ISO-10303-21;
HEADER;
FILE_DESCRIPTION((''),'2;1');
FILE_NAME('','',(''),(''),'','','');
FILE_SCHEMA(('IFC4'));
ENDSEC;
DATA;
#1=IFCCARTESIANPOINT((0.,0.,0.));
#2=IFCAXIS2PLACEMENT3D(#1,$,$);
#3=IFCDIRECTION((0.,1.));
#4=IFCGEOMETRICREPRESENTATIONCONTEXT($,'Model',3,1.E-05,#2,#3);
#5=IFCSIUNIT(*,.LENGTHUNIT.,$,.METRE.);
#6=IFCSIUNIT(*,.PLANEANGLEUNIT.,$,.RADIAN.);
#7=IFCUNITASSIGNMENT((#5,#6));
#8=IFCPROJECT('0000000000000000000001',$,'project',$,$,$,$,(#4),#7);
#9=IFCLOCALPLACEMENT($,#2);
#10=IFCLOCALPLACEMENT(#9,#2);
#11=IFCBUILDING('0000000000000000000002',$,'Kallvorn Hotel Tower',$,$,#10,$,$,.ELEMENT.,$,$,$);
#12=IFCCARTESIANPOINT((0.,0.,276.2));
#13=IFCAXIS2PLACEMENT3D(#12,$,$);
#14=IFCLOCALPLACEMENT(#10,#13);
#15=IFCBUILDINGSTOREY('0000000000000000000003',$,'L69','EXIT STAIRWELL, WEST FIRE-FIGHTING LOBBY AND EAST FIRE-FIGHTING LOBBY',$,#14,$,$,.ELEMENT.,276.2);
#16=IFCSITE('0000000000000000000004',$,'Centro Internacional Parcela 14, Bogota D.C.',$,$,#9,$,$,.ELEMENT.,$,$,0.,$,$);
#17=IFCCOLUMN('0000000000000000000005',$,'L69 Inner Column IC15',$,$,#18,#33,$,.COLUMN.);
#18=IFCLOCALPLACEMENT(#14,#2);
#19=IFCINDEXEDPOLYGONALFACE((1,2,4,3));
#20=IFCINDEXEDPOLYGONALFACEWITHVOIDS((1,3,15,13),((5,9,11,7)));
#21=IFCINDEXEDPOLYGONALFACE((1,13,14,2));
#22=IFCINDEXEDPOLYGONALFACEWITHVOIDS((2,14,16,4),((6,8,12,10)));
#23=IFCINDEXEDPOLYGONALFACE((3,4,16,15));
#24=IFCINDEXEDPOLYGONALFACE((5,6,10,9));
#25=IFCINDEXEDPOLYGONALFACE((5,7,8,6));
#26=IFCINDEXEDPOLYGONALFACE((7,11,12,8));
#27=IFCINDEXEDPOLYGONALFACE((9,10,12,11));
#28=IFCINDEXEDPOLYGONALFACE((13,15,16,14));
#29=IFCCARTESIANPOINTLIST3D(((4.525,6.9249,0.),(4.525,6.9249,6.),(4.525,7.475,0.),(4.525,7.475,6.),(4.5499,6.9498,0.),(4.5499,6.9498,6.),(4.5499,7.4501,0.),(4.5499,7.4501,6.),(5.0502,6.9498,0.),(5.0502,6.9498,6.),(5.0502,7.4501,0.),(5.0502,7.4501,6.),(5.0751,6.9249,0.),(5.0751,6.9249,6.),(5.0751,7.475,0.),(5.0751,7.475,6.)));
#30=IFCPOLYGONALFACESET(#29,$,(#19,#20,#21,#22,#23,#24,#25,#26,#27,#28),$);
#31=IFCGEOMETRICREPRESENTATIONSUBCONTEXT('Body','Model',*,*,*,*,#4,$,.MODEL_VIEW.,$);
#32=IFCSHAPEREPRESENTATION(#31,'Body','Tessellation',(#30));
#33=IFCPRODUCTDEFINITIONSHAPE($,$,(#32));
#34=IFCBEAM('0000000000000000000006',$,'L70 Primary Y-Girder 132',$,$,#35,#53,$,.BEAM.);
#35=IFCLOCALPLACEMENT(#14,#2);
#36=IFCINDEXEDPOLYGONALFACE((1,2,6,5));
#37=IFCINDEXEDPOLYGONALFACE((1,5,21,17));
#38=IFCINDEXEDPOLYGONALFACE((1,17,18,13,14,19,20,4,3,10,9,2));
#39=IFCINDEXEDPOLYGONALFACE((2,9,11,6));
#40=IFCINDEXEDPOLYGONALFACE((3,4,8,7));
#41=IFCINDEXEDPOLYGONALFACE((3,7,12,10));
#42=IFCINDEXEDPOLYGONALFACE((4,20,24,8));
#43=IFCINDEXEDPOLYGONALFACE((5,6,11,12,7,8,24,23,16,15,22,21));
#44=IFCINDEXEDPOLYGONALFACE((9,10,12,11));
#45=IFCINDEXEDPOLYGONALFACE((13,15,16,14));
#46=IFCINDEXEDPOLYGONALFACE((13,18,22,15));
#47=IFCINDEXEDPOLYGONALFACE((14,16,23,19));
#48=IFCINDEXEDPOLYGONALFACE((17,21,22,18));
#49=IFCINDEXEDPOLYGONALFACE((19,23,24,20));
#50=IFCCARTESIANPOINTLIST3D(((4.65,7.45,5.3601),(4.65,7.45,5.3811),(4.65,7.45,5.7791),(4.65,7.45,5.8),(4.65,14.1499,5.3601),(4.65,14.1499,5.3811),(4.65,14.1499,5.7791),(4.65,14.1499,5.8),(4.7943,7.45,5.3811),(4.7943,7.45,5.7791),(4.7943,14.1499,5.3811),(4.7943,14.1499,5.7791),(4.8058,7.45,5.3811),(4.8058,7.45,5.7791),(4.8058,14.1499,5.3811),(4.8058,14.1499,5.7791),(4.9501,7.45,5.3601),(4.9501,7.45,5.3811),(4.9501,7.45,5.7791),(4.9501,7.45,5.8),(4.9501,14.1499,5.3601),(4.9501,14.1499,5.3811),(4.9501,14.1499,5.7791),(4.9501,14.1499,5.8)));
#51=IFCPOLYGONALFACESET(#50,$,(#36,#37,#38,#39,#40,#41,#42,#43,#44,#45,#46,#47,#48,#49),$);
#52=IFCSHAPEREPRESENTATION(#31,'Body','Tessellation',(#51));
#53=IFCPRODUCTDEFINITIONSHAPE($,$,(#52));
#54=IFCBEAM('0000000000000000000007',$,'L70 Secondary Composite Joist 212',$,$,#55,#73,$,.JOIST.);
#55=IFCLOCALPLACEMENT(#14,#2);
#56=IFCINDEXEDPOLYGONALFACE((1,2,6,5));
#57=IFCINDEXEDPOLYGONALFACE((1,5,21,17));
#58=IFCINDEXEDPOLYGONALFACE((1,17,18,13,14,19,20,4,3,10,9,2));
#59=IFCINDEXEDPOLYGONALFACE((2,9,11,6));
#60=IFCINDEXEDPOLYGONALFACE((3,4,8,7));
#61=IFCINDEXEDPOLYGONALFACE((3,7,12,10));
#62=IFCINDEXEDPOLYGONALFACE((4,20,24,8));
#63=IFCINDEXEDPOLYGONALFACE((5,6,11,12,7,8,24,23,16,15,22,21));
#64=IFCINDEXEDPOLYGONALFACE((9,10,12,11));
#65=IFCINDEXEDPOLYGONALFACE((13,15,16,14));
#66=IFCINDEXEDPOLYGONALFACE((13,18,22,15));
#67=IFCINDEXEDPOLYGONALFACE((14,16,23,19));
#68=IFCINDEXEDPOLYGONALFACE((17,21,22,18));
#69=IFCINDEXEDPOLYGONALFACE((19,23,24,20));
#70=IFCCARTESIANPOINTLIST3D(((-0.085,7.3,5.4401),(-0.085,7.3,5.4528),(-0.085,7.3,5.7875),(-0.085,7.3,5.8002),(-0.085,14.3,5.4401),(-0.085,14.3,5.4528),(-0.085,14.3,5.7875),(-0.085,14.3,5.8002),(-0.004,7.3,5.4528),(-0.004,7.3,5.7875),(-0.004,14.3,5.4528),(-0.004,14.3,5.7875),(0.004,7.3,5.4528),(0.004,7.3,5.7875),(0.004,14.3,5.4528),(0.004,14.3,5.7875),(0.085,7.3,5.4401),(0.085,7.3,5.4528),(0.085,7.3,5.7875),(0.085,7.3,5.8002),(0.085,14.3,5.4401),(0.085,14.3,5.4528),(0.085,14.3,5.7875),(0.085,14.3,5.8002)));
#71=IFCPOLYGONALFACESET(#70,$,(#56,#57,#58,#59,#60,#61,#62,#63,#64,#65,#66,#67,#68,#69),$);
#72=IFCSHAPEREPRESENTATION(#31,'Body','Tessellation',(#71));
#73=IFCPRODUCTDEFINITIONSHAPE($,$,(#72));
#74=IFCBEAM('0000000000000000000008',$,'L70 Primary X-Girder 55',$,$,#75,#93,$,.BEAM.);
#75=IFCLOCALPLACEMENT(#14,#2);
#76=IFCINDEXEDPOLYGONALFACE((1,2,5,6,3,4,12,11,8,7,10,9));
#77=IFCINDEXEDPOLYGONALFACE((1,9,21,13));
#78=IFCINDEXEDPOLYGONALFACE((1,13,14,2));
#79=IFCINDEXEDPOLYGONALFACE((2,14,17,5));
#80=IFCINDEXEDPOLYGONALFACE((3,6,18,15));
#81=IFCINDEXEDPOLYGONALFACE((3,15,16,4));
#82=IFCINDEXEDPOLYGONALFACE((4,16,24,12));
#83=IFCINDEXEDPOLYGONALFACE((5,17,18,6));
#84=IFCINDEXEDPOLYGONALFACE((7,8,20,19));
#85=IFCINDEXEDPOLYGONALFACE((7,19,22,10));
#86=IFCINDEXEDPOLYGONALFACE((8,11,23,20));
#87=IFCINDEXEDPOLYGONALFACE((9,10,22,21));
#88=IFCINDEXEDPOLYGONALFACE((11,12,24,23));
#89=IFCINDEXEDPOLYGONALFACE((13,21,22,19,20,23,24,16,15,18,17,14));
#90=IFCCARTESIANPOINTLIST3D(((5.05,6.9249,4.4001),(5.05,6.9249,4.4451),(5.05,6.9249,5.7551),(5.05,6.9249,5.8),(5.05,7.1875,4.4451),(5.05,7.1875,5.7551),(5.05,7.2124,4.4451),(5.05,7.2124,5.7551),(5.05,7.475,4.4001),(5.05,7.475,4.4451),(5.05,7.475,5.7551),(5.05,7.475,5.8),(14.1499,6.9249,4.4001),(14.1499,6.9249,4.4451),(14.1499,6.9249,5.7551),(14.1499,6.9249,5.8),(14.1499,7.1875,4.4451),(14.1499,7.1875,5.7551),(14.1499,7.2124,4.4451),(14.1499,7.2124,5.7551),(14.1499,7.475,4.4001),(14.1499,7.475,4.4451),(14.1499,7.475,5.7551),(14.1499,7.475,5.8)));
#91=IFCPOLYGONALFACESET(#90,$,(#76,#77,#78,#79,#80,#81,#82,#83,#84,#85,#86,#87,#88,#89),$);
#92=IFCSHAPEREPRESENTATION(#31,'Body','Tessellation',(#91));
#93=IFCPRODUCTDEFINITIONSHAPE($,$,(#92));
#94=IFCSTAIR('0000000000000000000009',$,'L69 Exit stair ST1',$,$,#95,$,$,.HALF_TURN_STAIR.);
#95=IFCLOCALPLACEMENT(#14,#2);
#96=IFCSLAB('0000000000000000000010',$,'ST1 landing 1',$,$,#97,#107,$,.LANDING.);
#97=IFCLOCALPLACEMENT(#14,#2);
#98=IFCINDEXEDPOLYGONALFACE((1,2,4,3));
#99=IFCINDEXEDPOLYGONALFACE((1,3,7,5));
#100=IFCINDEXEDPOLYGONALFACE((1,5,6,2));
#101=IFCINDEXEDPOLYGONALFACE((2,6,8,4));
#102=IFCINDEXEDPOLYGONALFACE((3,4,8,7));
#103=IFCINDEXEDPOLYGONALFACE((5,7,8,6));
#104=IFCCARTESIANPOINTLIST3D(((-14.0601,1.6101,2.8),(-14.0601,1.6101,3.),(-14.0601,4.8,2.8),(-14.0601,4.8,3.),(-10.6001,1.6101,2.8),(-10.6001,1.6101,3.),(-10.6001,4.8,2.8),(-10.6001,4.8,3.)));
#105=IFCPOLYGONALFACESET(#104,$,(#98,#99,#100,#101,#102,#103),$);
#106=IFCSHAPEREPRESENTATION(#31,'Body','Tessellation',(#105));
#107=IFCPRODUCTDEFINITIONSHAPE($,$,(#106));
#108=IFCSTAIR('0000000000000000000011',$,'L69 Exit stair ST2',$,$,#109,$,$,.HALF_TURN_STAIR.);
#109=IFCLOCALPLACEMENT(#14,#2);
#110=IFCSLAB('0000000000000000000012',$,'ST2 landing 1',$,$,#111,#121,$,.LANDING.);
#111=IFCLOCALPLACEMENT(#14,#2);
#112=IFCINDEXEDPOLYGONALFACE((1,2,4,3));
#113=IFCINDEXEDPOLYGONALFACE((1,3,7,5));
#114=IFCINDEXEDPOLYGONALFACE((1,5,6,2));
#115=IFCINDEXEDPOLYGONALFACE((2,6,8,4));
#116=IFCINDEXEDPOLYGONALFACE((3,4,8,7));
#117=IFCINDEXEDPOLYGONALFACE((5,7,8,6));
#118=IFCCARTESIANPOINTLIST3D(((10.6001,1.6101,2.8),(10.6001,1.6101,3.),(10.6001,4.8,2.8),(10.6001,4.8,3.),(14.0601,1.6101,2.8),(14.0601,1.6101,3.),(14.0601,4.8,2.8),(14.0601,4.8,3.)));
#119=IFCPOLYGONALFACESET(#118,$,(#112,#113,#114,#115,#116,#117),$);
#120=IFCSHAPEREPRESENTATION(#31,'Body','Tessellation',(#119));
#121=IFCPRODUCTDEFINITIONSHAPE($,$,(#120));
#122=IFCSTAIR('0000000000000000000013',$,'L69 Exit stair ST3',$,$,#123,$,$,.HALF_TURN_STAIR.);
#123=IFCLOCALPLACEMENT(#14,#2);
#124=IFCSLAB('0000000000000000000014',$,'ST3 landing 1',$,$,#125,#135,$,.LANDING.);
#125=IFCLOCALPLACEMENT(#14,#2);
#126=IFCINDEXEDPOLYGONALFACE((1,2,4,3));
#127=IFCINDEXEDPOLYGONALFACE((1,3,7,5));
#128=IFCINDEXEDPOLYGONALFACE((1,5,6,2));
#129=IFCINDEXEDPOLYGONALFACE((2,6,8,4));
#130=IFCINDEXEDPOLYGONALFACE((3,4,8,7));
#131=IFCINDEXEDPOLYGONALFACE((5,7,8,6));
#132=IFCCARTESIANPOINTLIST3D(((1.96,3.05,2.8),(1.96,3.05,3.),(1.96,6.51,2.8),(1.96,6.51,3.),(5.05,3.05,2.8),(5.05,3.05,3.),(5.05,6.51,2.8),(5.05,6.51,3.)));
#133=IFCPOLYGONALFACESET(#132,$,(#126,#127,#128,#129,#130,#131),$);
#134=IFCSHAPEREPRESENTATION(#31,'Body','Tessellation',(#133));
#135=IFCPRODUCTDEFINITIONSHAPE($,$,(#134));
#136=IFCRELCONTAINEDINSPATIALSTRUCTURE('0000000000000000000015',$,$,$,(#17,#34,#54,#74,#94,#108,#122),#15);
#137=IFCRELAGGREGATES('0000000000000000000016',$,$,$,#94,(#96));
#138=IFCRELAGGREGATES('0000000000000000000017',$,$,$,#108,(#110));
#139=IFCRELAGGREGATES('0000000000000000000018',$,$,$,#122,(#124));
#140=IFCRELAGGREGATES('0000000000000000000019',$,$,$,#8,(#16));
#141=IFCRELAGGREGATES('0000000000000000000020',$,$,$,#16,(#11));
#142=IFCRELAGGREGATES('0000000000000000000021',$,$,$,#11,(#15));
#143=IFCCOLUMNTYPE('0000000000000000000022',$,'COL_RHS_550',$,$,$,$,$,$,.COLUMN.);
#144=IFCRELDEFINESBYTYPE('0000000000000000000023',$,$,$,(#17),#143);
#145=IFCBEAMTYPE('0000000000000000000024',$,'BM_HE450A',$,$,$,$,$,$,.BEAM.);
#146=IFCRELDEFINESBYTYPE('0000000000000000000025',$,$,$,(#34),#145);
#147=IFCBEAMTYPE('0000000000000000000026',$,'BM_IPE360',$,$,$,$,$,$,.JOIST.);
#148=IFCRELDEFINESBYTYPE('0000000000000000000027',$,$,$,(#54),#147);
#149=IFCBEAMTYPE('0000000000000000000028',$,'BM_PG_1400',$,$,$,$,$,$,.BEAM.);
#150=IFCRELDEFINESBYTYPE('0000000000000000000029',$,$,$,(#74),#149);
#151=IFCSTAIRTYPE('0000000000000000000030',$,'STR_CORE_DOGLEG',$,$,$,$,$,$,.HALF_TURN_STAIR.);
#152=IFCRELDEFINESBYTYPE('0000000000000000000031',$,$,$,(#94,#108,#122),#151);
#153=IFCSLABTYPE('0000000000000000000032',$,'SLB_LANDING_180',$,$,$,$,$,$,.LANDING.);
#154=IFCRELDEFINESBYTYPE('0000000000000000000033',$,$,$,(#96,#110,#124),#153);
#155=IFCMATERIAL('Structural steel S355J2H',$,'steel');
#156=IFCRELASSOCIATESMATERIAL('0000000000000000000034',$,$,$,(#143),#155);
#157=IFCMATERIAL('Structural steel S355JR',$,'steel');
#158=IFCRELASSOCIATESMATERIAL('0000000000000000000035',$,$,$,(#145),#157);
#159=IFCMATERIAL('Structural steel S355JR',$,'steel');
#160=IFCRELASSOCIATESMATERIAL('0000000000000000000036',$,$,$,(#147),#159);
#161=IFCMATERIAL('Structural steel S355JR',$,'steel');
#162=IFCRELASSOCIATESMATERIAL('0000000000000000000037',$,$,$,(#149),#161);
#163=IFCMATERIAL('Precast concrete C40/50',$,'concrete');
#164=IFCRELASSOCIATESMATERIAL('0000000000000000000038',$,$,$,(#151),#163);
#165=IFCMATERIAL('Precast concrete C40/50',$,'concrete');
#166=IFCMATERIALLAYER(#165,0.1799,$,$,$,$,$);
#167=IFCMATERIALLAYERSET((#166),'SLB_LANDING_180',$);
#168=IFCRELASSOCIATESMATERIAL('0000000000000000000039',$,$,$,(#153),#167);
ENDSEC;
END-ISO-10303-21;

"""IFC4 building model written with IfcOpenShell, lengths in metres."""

from ifc_helpers import new_model, si_unit, direction, frame, origin, origin_2d, place, context, subcontext, project, spatial, polyline, hollow_rectangle, i_section, outline, extrude, material, layer, layer_set, material_profile, profile_set, type_object, element, aggregate, save


model = new_model("IFC4")

# Units and contexts
model_context = context("Model", 3, precision=1e-05, world=origin(), true_north=direction((0.0, 1.0)))
body_context = subcontext(model_context, "Body", "Model", "MODEL_VIEW")
ifc_project = project(units=[si_unit("LENGTHUNIT", "METRE"), si_unit("PLANEANGLEUNIT", "RADIAN")], contexts=[model_context])

# Site, building, storey
site_placement = place(None, origin())
site = spatial("IfcSite", under=ifc_project, at=site_placement, Name="Centro Internacional Parcela 14, Bogota D.C.", CompositionType="ELEMENT", RefElevation=0.0)
building_placement = place(site_placement, origin())
building = spatial("IfcBuilding", under=site, at=building_placement, Name="Kallvorn Hotel Tower", CompositionType="ELEMENT")
storey_placement = place(building_placement, frame((0.0, 0.0, 276.2)))
storey = spatial("IfcBuildingStorey", under=building, at=storey_placement, Name="L69", Description="EXIT STAIRWELL, WEST FIRE-FIGHTING LOBBY AND EAST FIRE-FIGHTING LOBBY", CompositionType="ELEMENT", Elevation=276.2)

# Column
ifc_material_1 = material(Name="Structural steel S355J2H", Category="steel")
ifc_material_profile_1 = material_profile(ifc_material_1, hollow_rectangle(XDim=0.55, YDim=0.55, WallThickness=0.0249, at=origin_2d()), Name="RHS 550x550x25")
ifc_profile_set_1 = profile_set([ifc_material_profile_1], Name="Structural steel S355J2H")
column_type = type_object("IfcColumnType", Name="COL_RHS_550", PredefinedType="COLUMN", material=ifc_profile_set_1)
column_placement = place(storey_placement, frame((4.8, 7.2, 0.0), z_axis=(0.0, 0.0, 1.0), x_axis=(1.0, 0.0, 0.0)))
element("IfcColumn", 1, at=column_placement, inside=storey, type_object=column_type, Name="L69 Inner Column IC15", PredefinedType="COLUMN", context=body_context, shape_type="SweptSolid", body=[
    extrude(hollow_rectangle(XDim=0.55, YDim=0.55, WallThickness=0.0249, at=origin_2d()), origin(), (0.0, 0.0, 1.0), 6.0),
])

# Beams
ifc_material_2 = material(Name="Structural steel S355JR", Category="steel")
ifc_material_profile_2 = material_profile(ifc_material_2, i_section(OverallWidth=0.3, OverallDepth=0.4399, WebThickness=0.0115, FlangeThickness=0.021, at=origin_2d()), Name="HE 450 A")
ifc_profile_set_2 = profile_set([ifc_material_profile_2], Name="Structural steel S355JR")
beam_type_1 = type_object("IfcBeamType", Name="BM_HE450A", PredefinedType="BEAM", material=ifc_profile_set_2)
beam_1_placement = place(storey_placement, frame((4.8, 7.45, 5.5801), z_axis=(0.0, 1.0, 0.0), x_axis=(-1.0, 0.0, 0.0)))
element("IfcBeam", 2, at=beam_1_placement, inside=storey, type_object=beam_type_1, Name="L70 Primary Y-Girder 132", PredefinedType="BEAM", context=body_context, shape_type="SweptSolid", body=[
    extrude(i_section(OverallWidth=0.3, OverallDepth=0.4399, WebThickness=0.0115, FlangeThickness=0.021, at=origin_2d()), origin(), (0.0, 0.0, 1.0), 6.7),
])
ifc_material_3 = material(Name="Structural steel S355JR", Category="steel")
ifc_material_profile_3 = material_profile(ifc_material_3, i_section(OverallWidth=0.1699, OverallDepth=0.3601, WebThickness=0.0081, FlangeThickness=0.0127, at=origin_2d()), Name="IPE 360")
ifc_profile_set_3 = profile_set([ifc_material_profile_3], Name="Structural steel S355JR")
beam_type_2 = type_object("IfcBeamType", Name="BM_IPE360", PredefinedType="JOIST", material=ifc_profile_set_3)
beam_2_placement = place(storey_placement, frame((0.0, 7.3, 5.6201), z_axis=(0.0, 1.0, 0.0), x_axis=(-1.0, 0.0, 0.0)))
element("IfcBeam", 3, at=beam_2_placement, inside=storey, type_object=beam_type_2, Name="L70 Secondary Composite Joist 212", PredefinedType="JOIST", context=body_context, shape_type="SweptSolid", body=[
    extrude(i_section(OverallWidth=0.1699, OverallDepth=0.3601, WebThickness=0.0081, FlangeThickness=0.0127, at=origin_2d()), origin(), (0.0, 0.0, 1.0), 7.0),
])
ifc_material_4 = material(Name="Structural steel S355JR", Category="steel")
ifc_material_profile_4 = material_profile(ifc_material_4, i_section(OverallWidth=0.55, OverallDepth=1.3999, WebThickness=0.0249, FlangeThickness=0.0449, at=origin_2d()), Name="PG 1400x550x25x45")
ifc_profile_set_4 = profile_set([ifc_material_profile_4], Name="Structural steel S355JR")
beam_type_3 = type_object("IfcBeamType", Name="BM_PG_1400", PredefinedType="BEAM", material=ifc_profile_set_4)
beam_3_placement = place(storey_placement, frame((5.05, 7.2, 5.1001), z_axis=(1.0, 0.0, 0.0), x_axis=(0.0, 1.0, 0.0)))
element("IfcBeam", 4, at=beam_3_placement, inside=storey, type_object=beam_type_3, Name="L70 Primary X-Girder 55", PredefinedType="BEAM", context=body_context, shape_type="SweptSolid", body=[
    extrude(i_section(OverallWidth=0.55, OverallDepth=1.3999, WebThickness=0.0249, FlangeThickness=0.0449, at=origin_2d()), origin(), (0.0, 0.0, 1.0), 9.0999),
])

# Stairs, slabs
ifc_material_5 = material(Name="Precast concrete C40/50", Category="concrete")
stair_type = type_object("IfcStairType", Name="STR_CORE_DOGLEG", PredefinedType="HALF_TURN_STAIR", material=ifc_material_5)
stair_1_placement = place(storey_placement, origin())
stair_1 = element("IfcStair", 5, at=stair_1_placement, inside=storey, type_object=stair_type, Name="L69 Exit stair ST1", PredefinedType="HALF_TURN_STAIR")
ifc_material_6 = material(Name="Precast concrete C40/50", Category="concrete")
ifc_layer_1 = layer(ifc_material_6, 0.1799)
ifc_layer_set_1 = layer_set([ifc_layer_1], Name="SLB_LANDING_180")
slab_type_1 = type_object("IfcSlabType", Name="SLB_LANDING_180", PredefinedType="LANDING", material=ifc_layer_set_1)
slab_1_placement = place(storey_placement, frame((0.0, 0.0, 2.8)))
slab_1 = element("IfcSlab", 6, at=slab_1_placement, type_object=slab_type_1, Name="ST1 landing 1", PredefinedType="LANDING", context=body_context, shape_type="SweptSolid", body=[
    extrude(outline(polyline([(-10.6001, 1.6101), (-10.6001, 4.8), (-14.0601, 4.8), (-14.0601, 1.6101), (-10.6001, 1.6101)])), origin(), (0.0, 0.0, 1.0), 0.2),
])
aggregate(stair_1, [slab_1])
stair_2_placement = place(storey_placement, origin())
stair_2 = element("IfcStair", 7, at=stair_2_placement, inside=storey, type_object=stair_type, Name="L69 Exit stair ST2", PredefinedType="HALF_TURN_STAIR")
slab_2_placement = place(storey_placement, frame((0.0, 0.0, 2.8)))
slab_2 = element("IfcSlab", 8, at=slab_2_placement, type_object=slab_type_1, Name="ST2 landing 1", PredefinedType="LANDING", context=body_context, shape_type="SweptSolid", body=[
    extrude(outline(polyline([(14.0601, 1.6101), (14.0601, 4.8), (10.6001, 4.8), (10.6001, 1.6101), (14.0601, 1.6101)])), origin(), (0.0, 0.0, 1.0), 0.2),
])
aggregate(stair_2, [slab_2])
stair_3_placement = place(storey_placement, origin())
stair_3 = element("IfcStair", 9, at=stair_3_placement, inside=storey, type_object=stair_type, Name="L69 Exit stair ST3", PredefinedType="HALF_TURN_STAIR")
slab_3_placement = place(storey_placement, frame((0.0, 0.0, 2.8)))
slab_3 = element("IfcSlab", 10, at=slab_3_placement, type_object=slab_type_1, Name="ST3 landing 1", PredefinedType="LANDING", context=body_context, shape_type="SweptSolid", body=[
    extrude(outline(polyline([(1.96, 3.05), (5.05, 3.05), (5.05, 6.51), (1.96, 6.51), (1.96, 3.05)])), origin(), (0.0, 0.0, 1.0), 0.2),
])

aggregate(stair_3, [slab_3])

save(model, "model.ifc")
